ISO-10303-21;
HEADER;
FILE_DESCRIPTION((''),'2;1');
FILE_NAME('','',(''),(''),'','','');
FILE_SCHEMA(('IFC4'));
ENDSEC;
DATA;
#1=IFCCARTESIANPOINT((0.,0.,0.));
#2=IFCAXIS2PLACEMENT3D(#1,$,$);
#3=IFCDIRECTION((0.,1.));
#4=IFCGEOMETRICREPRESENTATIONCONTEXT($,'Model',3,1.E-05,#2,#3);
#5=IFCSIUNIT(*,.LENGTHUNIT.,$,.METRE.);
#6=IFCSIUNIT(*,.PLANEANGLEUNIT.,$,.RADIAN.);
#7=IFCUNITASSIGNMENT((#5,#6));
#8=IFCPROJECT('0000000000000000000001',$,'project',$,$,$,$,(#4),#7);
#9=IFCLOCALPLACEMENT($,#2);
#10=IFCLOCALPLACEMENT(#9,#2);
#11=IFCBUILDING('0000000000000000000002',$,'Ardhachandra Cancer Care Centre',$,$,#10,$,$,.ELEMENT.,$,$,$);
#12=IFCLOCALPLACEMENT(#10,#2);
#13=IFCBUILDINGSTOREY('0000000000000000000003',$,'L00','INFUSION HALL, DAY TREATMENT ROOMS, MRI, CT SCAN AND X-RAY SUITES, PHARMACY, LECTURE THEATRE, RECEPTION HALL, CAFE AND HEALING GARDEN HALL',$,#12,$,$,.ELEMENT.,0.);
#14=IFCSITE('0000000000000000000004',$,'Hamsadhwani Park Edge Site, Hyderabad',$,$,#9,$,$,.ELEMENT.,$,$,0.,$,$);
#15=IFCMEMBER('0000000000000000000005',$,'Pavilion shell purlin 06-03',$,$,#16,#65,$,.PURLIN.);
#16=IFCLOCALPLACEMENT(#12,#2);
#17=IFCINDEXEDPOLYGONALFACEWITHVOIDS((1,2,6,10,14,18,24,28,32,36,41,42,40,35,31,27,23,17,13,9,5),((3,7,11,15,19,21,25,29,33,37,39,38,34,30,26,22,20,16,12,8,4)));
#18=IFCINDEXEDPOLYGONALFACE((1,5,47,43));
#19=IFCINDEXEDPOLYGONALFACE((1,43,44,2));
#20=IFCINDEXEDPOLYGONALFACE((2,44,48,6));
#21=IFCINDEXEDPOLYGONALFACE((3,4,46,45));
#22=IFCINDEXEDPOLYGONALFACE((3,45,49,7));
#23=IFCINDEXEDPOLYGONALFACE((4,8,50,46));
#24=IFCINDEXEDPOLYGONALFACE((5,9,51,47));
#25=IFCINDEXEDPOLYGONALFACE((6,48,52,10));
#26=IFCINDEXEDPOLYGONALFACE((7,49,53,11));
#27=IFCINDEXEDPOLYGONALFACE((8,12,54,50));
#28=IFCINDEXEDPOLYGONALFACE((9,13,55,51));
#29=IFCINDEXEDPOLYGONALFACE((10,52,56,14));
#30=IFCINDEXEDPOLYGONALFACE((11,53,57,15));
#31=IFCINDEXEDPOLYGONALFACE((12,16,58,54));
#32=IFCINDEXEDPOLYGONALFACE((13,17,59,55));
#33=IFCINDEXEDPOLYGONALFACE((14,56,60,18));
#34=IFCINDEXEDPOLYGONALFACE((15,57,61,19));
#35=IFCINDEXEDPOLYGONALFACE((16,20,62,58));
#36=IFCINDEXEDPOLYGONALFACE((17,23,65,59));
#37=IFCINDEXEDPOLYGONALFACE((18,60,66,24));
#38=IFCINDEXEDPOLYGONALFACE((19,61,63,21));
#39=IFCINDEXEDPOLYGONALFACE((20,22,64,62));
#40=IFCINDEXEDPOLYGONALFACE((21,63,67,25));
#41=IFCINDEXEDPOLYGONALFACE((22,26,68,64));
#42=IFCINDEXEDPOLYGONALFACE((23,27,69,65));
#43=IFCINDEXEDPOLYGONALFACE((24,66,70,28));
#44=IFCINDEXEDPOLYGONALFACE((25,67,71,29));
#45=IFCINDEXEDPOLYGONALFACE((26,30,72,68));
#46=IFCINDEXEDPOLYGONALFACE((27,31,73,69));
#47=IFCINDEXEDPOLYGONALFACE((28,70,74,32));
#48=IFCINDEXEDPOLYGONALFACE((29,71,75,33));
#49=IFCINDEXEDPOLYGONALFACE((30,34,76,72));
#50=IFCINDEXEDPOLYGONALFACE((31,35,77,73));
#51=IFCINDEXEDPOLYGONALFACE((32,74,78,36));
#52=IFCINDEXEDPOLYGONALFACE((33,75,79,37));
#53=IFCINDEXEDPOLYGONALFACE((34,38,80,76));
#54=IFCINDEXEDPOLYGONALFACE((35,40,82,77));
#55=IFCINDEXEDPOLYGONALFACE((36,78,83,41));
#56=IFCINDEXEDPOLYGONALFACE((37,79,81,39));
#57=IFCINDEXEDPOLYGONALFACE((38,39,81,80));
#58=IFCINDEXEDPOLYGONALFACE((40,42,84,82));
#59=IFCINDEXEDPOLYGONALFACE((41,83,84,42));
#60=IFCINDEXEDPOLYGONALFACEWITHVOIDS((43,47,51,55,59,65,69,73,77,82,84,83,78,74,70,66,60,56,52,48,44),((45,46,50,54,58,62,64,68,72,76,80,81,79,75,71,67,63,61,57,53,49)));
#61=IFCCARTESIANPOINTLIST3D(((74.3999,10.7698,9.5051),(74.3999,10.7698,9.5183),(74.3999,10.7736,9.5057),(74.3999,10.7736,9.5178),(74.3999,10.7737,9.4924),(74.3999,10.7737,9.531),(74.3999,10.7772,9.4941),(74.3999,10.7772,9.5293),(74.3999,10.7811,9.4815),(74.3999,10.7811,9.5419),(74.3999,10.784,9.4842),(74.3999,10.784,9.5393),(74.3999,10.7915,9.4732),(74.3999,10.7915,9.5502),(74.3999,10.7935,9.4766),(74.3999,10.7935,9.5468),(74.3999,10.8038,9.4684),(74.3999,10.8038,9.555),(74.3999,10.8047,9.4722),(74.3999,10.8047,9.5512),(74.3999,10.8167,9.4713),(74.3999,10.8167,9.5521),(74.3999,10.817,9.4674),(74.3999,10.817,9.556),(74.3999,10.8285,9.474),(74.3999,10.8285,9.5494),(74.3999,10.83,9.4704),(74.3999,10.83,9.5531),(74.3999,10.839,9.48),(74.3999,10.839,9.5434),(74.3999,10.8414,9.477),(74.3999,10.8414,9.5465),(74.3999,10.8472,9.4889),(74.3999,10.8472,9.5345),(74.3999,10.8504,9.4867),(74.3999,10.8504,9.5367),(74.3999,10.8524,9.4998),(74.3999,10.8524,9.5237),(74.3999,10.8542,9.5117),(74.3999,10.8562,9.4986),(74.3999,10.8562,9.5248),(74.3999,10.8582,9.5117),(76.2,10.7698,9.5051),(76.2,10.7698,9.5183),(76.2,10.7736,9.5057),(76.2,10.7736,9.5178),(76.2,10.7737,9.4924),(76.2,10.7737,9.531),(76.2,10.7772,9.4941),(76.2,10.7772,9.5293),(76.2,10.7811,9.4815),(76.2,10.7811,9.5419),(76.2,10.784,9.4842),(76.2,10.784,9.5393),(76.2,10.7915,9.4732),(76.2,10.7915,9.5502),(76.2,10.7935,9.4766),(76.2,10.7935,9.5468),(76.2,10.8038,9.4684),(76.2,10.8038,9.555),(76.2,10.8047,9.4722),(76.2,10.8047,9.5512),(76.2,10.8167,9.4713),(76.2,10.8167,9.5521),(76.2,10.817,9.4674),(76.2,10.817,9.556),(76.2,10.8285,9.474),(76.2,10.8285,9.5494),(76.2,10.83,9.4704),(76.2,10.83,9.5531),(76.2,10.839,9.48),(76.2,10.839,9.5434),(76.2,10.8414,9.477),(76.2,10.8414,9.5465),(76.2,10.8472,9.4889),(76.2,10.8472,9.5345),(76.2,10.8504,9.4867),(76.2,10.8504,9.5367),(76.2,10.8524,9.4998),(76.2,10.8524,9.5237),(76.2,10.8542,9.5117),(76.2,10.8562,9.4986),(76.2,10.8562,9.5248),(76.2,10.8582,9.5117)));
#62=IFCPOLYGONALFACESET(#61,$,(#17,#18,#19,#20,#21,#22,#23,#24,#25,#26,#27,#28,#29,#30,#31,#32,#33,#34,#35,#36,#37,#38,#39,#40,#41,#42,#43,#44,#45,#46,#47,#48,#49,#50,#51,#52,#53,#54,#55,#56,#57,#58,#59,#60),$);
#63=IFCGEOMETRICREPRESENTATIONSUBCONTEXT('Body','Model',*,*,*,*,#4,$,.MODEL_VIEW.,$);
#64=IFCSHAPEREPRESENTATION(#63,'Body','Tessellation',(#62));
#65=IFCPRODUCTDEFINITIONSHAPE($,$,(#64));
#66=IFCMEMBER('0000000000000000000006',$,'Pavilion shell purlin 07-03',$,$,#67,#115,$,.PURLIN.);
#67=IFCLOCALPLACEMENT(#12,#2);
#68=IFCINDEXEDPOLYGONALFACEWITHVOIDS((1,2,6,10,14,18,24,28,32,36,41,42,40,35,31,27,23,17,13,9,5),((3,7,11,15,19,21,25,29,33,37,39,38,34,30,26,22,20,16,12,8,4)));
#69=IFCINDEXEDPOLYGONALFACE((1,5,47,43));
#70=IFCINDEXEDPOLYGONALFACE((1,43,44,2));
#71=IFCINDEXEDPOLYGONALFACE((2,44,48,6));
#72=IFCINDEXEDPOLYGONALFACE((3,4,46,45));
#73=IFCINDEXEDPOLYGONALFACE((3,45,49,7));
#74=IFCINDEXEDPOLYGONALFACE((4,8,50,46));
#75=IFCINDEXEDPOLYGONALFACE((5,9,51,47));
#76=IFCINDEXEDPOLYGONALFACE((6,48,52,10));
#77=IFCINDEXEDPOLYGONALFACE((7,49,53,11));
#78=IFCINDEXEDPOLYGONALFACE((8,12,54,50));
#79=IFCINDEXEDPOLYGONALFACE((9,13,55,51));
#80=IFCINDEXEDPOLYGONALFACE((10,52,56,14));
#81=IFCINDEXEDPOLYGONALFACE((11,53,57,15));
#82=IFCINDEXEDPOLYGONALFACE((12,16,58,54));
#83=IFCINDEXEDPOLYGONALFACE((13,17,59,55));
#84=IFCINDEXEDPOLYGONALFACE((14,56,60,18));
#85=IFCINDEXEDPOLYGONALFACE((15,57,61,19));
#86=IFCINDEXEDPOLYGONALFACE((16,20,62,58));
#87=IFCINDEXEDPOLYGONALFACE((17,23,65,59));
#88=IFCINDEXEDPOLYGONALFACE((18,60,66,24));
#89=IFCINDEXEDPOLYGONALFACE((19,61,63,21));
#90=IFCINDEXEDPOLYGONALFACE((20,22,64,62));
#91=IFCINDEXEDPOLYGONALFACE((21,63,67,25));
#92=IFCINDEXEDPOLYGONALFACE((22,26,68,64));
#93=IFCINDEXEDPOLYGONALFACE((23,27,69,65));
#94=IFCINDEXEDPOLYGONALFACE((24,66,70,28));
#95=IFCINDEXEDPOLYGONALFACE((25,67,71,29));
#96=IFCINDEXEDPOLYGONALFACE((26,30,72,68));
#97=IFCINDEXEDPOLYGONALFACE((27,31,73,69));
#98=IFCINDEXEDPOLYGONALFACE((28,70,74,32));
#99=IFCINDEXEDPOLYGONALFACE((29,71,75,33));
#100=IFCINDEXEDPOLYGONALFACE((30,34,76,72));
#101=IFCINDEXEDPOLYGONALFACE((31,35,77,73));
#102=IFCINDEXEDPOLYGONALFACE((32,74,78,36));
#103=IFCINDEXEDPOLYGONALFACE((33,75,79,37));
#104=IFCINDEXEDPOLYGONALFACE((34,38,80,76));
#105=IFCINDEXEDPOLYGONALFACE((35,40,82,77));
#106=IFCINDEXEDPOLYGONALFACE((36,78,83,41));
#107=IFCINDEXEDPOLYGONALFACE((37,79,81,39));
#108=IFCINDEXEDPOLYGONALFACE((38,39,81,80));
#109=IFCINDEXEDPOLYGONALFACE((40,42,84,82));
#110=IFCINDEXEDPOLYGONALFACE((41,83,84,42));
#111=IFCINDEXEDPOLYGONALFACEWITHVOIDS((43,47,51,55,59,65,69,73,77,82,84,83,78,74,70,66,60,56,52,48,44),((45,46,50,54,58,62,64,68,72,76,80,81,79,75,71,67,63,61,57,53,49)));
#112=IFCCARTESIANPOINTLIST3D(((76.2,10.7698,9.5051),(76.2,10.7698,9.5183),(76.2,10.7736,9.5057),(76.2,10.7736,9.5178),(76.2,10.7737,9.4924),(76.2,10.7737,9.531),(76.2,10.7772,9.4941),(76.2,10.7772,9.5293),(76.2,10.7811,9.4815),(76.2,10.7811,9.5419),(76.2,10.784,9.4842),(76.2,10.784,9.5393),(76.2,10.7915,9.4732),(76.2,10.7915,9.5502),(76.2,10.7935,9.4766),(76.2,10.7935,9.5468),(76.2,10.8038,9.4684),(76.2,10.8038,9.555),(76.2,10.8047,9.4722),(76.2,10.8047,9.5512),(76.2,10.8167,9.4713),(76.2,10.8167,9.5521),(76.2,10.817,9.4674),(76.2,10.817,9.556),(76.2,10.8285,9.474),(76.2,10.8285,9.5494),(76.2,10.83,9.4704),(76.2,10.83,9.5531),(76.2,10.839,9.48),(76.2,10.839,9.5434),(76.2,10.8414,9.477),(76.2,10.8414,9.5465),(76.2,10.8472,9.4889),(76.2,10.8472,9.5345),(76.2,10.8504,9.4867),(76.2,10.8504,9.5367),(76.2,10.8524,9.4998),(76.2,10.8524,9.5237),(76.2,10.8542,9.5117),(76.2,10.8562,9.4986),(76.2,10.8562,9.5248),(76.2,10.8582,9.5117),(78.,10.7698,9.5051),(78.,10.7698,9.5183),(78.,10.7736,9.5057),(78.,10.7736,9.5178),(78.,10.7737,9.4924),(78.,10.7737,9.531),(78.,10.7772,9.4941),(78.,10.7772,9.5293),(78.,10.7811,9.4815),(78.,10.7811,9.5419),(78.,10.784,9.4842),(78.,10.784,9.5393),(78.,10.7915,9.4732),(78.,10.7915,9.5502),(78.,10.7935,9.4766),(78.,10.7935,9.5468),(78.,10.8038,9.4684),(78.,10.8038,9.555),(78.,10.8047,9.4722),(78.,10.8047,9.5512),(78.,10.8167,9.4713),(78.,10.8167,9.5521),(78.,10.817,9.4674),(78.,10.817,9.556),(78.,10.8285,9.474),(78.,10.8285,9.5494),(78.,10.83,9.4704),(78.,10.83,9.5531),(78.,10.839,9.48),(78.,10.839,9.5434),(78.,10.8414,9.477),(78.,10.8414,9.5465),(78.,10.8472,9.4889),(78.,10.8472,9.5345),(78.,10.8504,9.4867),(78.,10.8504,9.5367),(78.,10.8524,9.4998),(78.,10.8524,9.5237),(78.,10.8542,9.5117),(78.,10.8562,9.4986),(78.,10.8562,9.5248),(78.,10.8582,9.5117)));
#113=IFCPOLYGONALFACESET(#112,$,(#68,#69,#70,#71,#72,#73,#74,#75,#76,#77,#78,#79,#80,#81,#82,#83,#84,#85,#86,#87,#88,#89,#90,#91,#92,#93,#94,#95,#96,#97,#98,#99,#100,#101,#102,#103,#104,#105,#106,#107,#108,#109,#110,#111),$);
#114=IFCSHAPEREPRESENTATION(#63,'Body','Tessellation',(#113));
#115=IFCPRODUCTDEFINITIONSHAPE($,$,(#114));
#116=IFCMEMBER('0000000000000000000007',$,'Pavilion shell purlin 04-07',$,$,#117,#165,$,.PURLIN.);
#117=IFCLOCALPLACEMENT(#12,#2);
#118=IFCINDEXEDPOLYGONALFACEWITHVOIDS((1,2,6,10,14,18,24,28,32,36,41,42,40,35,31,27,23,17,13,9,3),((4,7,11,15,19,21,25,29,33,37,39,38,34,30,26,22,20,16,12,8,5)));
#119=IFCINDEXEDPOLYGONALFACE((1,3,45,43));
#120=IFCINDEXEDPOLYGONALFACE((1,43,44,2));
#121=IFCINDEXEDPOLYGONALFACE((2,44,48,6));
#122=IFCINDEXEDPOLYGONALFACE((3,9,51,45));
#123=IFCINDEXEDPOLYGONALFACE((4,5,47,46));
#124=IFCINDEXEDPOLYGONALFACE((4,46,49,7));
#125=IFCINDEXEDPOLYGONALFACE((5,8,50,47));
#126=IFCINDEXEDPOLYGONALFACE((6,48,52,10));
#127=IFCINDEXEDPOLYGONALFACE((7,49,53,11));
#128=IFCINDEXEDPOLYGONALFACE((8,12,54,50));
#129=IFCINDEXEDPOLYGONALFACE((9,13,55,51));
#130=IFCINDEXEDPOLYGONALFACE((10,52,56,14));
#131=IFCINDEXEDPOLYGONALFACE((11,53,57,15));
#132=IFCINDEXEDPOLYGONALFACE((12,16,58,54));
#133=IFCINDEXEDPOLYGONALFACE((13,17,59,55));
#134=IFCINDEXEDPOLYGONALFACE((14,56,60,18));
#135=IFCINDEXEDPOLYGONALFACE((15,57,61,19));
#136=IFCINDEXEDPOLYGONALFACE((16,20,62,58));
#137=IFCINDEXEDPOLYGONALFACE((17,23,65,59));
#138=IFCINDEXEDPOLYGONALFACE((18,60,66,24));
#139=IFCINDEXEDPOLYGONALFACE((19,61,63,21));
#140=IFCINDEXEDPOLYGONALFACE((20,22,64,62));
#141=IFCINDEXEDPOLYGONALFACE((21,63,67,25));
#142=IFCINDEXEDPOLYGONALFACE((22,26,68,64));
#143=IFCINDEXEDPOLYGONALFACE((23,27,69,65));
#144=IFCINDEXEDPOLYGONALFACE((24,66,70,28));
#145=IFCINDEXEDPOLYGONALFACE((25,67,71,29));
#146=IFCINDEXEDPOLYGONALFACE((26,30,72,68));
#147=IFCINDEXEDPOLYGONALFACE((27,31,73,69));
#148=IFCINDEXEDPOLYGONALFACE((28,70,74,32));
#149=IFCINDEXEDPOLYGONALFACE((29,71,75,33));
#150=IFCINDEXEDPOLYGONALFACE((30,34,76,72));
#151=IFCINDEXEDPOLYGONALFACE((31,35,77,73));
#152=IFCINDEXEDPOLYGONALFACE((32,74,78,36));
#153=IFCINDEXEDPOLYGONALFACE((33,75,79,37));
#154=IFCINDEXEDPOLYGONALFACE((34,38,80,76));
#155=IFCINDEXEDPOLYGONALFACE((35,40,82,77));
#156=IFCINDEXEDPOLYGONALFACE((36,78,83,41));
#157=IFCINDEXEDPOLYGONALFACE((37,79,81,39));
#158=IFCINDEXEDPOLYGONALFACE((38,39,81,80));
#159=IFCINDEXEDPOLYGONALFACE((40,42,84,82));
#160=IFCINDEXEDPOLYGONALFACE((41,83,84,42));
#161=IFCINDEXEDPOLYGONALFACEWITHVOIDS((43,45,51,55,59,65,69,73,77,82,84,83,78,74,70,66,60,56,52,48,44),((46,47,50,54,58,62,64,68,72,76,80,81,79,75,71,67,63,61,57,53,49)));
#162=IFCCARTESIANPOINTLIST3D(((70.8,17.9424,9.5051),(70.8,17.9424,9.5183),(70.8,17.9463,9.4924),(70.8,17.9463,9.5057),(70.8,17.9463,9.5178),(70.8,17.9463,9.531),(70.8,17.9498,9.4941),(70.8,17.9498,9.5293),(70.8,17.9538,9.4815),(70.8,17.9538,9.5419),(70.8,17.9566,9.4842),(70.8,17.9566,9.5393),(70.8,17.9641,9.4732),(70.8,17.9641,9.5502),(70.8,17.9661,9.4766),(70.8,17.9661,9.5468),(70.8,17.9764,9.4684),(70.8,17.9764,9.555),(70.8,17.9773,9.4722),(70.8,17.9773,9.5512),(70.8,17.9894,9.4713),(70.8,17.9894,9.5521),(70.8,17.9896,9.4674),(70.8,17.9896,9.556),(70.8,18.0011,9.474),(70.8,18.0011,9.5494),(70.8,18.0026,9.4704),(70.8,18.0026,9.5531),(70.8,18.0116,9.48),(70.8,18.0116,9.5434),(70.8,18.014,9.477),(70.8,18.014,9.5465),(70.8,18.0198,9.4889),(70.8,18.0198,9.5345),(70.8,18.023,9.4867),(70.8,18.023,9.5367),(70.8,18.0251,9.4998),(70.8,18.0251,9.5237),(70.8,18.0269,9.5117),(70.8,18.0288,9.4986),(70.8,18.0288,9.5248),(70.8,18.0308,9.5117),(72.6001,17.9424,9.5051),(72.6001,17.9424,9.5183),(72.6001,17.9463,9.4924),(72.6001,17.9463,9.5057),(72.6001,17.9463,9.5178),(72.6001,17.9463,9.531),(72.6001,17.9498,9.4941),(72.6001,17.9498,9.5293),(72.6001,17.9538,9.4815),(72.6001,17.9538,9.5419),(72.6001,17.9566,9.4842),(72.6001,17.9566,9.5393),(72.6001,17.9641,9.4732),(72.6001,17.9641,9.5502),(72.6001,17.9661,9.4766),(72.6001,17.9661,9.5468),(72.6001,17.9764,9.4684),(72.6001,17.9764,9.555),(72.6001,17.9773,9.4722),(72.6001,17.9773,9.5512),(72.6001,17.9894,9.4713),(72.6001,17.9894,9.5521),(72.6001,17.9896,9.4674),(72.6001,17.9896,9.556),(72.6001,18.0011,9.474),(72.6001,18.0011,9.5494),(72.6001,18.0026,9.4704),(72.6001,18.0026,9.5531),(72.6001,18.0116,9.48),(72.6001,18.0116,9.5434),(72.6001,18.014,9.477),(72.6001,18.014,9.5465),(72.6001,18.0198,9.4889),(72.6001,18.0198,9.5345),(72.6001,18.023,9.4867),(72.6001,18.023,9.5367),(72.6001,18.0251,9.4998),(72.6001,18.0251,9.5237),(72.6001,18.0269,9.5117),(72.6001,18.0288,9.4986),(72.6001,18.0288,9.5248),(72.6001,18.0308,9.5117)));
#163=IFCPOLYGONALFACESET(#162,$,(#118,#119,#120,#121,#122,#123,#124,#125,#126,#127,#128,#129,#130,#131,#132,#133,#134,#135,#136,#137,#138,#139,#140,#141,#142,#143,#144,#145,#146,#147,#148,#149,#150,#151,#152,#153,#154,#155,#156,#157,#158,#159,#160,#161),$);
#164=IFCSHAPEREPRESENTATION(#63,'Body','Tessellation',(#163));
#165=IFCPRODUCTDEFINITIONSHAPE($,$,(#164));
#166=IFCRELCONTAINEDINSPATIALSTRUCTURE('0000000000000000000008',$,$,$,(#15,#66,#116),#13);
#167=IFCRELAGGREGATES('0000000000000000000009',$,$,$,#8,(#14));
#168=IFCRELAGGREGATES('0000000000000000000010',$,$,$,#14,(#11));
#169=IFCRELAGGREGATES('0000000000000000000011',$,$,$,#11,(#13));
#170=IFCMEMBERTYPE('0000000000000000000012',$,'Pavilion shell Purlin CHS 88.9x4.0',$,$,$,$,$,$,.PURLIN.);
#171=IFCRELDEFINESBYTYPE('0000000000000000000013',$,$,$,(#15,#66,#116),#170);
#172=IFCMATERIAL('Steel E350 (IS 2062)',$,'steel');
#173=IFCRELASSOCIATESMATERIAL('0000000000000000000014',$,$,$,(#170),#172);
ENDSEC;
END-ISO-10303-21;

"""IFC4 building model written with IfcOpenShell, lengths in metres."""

from ifc_helpers import new_model, si_unit, direction, frame, origin, origin_2d, place, context, subcontext, project, spatial, hollow_circle, extrude, material, material_profile, profile_set, type_object, element, save


model = new_model("IFC4")

# Units and contexts
model_context = context("Model", 3, precision=1e-05, world=origin(), true_north=direction((0.0, 1.0)))
body_context = subcontext(model_context, "Body", "Model", "MODEL_VIEW")
ifc_project = project(units=[si_unit("LENGTHUNIT", "METRE"), si_unit("PLANEANGLEUNIT", "RADIAN")], contexts=[model_context])

# Site, building, storey
site_placement = place(None, origin())
site = spatial("IfcSite", under=ifc_project, at=site_placement, Name="Hamsadhwani Park Edge Site, Hyderabad", CompositionType="ELEMENT", RefElevation=0.0)
building_placement = place(site_placement, origin())
building = spatial("IfcBuilding", under=site, at=building_placement, Name="Ardhachandra Cancer Care Centre", CompositionType="ELEMENT")
storey_placement = place(building_placement, origin())
storey = spatial("IfcBuildingStorey", under=building, at=storey_placement, Name="L00", Description="INFUSION HALL, DAY TREATMENT ROOMS, MRI, CT SCAN AND X-RAY SUITES, PHARMACY, LECTURE THEATRE, RECEPTION HALL, CAFE AND HEALING GARDEN HALL", CompositionType="ELEMENT", Elevation=0.0)

# Members
ifc_material_1 = material(Name="Steel E350 (IS 2062)", Category="steel")
ifc_material_profile_1 = material_profile(ifc_material_1, hollow_circle(Radius=0.0444, WallThickness=0.0039, at=origin_2d()), Name="CHS 88.9x4.0")
ifc_profile_set_1 = profile_set([ifc_material_profile_1], Name="Steel E350 (IS 2062)")
member_type_1 = type_object("IfcMemberType", Name="Pavilion shell Purlin CHS 88.9x4.0", PredefinedType="PURLIN", material=ifc_profile_set_1)
for number, where, z_axis, x_axis, name in (
    (1, (74.3999, 10.8137, 9.5117), (1.0, 0.0, 0.0), (0.0, 1.0, 0.0), "Pavilion shell purlin 06-03"),
    (2, (76.2, 10.8137, 9.5117), (1.0, 0.0, 0.0), (0.0, 1.0, 0.0), "Pavilion shell purlin 07-03"),
    (3, (70.8, 17.9863, 9.5117), (1.0, 0.0, 0.0), (0.0, 1.0, 0.0), "Pavilion shell purlin 04-07"),
):
    element("IfcMember", number, at=place(storey_placement, frame(where, z_axis=z_axis, x_axis=x_axis)), inside=storey, type_object=member_type_1, Name=name, PredefinedType="PURLIN", context=body_context, shape_type="SweptSolid", body=[
        extrude(hollow_circle(Radius=0.0444, WallThickness=0.0039, at=origin_2d()), origin(), (0.0, 0.0, 1.0), 1.8),
    ])

save(model, "model.ifc")
